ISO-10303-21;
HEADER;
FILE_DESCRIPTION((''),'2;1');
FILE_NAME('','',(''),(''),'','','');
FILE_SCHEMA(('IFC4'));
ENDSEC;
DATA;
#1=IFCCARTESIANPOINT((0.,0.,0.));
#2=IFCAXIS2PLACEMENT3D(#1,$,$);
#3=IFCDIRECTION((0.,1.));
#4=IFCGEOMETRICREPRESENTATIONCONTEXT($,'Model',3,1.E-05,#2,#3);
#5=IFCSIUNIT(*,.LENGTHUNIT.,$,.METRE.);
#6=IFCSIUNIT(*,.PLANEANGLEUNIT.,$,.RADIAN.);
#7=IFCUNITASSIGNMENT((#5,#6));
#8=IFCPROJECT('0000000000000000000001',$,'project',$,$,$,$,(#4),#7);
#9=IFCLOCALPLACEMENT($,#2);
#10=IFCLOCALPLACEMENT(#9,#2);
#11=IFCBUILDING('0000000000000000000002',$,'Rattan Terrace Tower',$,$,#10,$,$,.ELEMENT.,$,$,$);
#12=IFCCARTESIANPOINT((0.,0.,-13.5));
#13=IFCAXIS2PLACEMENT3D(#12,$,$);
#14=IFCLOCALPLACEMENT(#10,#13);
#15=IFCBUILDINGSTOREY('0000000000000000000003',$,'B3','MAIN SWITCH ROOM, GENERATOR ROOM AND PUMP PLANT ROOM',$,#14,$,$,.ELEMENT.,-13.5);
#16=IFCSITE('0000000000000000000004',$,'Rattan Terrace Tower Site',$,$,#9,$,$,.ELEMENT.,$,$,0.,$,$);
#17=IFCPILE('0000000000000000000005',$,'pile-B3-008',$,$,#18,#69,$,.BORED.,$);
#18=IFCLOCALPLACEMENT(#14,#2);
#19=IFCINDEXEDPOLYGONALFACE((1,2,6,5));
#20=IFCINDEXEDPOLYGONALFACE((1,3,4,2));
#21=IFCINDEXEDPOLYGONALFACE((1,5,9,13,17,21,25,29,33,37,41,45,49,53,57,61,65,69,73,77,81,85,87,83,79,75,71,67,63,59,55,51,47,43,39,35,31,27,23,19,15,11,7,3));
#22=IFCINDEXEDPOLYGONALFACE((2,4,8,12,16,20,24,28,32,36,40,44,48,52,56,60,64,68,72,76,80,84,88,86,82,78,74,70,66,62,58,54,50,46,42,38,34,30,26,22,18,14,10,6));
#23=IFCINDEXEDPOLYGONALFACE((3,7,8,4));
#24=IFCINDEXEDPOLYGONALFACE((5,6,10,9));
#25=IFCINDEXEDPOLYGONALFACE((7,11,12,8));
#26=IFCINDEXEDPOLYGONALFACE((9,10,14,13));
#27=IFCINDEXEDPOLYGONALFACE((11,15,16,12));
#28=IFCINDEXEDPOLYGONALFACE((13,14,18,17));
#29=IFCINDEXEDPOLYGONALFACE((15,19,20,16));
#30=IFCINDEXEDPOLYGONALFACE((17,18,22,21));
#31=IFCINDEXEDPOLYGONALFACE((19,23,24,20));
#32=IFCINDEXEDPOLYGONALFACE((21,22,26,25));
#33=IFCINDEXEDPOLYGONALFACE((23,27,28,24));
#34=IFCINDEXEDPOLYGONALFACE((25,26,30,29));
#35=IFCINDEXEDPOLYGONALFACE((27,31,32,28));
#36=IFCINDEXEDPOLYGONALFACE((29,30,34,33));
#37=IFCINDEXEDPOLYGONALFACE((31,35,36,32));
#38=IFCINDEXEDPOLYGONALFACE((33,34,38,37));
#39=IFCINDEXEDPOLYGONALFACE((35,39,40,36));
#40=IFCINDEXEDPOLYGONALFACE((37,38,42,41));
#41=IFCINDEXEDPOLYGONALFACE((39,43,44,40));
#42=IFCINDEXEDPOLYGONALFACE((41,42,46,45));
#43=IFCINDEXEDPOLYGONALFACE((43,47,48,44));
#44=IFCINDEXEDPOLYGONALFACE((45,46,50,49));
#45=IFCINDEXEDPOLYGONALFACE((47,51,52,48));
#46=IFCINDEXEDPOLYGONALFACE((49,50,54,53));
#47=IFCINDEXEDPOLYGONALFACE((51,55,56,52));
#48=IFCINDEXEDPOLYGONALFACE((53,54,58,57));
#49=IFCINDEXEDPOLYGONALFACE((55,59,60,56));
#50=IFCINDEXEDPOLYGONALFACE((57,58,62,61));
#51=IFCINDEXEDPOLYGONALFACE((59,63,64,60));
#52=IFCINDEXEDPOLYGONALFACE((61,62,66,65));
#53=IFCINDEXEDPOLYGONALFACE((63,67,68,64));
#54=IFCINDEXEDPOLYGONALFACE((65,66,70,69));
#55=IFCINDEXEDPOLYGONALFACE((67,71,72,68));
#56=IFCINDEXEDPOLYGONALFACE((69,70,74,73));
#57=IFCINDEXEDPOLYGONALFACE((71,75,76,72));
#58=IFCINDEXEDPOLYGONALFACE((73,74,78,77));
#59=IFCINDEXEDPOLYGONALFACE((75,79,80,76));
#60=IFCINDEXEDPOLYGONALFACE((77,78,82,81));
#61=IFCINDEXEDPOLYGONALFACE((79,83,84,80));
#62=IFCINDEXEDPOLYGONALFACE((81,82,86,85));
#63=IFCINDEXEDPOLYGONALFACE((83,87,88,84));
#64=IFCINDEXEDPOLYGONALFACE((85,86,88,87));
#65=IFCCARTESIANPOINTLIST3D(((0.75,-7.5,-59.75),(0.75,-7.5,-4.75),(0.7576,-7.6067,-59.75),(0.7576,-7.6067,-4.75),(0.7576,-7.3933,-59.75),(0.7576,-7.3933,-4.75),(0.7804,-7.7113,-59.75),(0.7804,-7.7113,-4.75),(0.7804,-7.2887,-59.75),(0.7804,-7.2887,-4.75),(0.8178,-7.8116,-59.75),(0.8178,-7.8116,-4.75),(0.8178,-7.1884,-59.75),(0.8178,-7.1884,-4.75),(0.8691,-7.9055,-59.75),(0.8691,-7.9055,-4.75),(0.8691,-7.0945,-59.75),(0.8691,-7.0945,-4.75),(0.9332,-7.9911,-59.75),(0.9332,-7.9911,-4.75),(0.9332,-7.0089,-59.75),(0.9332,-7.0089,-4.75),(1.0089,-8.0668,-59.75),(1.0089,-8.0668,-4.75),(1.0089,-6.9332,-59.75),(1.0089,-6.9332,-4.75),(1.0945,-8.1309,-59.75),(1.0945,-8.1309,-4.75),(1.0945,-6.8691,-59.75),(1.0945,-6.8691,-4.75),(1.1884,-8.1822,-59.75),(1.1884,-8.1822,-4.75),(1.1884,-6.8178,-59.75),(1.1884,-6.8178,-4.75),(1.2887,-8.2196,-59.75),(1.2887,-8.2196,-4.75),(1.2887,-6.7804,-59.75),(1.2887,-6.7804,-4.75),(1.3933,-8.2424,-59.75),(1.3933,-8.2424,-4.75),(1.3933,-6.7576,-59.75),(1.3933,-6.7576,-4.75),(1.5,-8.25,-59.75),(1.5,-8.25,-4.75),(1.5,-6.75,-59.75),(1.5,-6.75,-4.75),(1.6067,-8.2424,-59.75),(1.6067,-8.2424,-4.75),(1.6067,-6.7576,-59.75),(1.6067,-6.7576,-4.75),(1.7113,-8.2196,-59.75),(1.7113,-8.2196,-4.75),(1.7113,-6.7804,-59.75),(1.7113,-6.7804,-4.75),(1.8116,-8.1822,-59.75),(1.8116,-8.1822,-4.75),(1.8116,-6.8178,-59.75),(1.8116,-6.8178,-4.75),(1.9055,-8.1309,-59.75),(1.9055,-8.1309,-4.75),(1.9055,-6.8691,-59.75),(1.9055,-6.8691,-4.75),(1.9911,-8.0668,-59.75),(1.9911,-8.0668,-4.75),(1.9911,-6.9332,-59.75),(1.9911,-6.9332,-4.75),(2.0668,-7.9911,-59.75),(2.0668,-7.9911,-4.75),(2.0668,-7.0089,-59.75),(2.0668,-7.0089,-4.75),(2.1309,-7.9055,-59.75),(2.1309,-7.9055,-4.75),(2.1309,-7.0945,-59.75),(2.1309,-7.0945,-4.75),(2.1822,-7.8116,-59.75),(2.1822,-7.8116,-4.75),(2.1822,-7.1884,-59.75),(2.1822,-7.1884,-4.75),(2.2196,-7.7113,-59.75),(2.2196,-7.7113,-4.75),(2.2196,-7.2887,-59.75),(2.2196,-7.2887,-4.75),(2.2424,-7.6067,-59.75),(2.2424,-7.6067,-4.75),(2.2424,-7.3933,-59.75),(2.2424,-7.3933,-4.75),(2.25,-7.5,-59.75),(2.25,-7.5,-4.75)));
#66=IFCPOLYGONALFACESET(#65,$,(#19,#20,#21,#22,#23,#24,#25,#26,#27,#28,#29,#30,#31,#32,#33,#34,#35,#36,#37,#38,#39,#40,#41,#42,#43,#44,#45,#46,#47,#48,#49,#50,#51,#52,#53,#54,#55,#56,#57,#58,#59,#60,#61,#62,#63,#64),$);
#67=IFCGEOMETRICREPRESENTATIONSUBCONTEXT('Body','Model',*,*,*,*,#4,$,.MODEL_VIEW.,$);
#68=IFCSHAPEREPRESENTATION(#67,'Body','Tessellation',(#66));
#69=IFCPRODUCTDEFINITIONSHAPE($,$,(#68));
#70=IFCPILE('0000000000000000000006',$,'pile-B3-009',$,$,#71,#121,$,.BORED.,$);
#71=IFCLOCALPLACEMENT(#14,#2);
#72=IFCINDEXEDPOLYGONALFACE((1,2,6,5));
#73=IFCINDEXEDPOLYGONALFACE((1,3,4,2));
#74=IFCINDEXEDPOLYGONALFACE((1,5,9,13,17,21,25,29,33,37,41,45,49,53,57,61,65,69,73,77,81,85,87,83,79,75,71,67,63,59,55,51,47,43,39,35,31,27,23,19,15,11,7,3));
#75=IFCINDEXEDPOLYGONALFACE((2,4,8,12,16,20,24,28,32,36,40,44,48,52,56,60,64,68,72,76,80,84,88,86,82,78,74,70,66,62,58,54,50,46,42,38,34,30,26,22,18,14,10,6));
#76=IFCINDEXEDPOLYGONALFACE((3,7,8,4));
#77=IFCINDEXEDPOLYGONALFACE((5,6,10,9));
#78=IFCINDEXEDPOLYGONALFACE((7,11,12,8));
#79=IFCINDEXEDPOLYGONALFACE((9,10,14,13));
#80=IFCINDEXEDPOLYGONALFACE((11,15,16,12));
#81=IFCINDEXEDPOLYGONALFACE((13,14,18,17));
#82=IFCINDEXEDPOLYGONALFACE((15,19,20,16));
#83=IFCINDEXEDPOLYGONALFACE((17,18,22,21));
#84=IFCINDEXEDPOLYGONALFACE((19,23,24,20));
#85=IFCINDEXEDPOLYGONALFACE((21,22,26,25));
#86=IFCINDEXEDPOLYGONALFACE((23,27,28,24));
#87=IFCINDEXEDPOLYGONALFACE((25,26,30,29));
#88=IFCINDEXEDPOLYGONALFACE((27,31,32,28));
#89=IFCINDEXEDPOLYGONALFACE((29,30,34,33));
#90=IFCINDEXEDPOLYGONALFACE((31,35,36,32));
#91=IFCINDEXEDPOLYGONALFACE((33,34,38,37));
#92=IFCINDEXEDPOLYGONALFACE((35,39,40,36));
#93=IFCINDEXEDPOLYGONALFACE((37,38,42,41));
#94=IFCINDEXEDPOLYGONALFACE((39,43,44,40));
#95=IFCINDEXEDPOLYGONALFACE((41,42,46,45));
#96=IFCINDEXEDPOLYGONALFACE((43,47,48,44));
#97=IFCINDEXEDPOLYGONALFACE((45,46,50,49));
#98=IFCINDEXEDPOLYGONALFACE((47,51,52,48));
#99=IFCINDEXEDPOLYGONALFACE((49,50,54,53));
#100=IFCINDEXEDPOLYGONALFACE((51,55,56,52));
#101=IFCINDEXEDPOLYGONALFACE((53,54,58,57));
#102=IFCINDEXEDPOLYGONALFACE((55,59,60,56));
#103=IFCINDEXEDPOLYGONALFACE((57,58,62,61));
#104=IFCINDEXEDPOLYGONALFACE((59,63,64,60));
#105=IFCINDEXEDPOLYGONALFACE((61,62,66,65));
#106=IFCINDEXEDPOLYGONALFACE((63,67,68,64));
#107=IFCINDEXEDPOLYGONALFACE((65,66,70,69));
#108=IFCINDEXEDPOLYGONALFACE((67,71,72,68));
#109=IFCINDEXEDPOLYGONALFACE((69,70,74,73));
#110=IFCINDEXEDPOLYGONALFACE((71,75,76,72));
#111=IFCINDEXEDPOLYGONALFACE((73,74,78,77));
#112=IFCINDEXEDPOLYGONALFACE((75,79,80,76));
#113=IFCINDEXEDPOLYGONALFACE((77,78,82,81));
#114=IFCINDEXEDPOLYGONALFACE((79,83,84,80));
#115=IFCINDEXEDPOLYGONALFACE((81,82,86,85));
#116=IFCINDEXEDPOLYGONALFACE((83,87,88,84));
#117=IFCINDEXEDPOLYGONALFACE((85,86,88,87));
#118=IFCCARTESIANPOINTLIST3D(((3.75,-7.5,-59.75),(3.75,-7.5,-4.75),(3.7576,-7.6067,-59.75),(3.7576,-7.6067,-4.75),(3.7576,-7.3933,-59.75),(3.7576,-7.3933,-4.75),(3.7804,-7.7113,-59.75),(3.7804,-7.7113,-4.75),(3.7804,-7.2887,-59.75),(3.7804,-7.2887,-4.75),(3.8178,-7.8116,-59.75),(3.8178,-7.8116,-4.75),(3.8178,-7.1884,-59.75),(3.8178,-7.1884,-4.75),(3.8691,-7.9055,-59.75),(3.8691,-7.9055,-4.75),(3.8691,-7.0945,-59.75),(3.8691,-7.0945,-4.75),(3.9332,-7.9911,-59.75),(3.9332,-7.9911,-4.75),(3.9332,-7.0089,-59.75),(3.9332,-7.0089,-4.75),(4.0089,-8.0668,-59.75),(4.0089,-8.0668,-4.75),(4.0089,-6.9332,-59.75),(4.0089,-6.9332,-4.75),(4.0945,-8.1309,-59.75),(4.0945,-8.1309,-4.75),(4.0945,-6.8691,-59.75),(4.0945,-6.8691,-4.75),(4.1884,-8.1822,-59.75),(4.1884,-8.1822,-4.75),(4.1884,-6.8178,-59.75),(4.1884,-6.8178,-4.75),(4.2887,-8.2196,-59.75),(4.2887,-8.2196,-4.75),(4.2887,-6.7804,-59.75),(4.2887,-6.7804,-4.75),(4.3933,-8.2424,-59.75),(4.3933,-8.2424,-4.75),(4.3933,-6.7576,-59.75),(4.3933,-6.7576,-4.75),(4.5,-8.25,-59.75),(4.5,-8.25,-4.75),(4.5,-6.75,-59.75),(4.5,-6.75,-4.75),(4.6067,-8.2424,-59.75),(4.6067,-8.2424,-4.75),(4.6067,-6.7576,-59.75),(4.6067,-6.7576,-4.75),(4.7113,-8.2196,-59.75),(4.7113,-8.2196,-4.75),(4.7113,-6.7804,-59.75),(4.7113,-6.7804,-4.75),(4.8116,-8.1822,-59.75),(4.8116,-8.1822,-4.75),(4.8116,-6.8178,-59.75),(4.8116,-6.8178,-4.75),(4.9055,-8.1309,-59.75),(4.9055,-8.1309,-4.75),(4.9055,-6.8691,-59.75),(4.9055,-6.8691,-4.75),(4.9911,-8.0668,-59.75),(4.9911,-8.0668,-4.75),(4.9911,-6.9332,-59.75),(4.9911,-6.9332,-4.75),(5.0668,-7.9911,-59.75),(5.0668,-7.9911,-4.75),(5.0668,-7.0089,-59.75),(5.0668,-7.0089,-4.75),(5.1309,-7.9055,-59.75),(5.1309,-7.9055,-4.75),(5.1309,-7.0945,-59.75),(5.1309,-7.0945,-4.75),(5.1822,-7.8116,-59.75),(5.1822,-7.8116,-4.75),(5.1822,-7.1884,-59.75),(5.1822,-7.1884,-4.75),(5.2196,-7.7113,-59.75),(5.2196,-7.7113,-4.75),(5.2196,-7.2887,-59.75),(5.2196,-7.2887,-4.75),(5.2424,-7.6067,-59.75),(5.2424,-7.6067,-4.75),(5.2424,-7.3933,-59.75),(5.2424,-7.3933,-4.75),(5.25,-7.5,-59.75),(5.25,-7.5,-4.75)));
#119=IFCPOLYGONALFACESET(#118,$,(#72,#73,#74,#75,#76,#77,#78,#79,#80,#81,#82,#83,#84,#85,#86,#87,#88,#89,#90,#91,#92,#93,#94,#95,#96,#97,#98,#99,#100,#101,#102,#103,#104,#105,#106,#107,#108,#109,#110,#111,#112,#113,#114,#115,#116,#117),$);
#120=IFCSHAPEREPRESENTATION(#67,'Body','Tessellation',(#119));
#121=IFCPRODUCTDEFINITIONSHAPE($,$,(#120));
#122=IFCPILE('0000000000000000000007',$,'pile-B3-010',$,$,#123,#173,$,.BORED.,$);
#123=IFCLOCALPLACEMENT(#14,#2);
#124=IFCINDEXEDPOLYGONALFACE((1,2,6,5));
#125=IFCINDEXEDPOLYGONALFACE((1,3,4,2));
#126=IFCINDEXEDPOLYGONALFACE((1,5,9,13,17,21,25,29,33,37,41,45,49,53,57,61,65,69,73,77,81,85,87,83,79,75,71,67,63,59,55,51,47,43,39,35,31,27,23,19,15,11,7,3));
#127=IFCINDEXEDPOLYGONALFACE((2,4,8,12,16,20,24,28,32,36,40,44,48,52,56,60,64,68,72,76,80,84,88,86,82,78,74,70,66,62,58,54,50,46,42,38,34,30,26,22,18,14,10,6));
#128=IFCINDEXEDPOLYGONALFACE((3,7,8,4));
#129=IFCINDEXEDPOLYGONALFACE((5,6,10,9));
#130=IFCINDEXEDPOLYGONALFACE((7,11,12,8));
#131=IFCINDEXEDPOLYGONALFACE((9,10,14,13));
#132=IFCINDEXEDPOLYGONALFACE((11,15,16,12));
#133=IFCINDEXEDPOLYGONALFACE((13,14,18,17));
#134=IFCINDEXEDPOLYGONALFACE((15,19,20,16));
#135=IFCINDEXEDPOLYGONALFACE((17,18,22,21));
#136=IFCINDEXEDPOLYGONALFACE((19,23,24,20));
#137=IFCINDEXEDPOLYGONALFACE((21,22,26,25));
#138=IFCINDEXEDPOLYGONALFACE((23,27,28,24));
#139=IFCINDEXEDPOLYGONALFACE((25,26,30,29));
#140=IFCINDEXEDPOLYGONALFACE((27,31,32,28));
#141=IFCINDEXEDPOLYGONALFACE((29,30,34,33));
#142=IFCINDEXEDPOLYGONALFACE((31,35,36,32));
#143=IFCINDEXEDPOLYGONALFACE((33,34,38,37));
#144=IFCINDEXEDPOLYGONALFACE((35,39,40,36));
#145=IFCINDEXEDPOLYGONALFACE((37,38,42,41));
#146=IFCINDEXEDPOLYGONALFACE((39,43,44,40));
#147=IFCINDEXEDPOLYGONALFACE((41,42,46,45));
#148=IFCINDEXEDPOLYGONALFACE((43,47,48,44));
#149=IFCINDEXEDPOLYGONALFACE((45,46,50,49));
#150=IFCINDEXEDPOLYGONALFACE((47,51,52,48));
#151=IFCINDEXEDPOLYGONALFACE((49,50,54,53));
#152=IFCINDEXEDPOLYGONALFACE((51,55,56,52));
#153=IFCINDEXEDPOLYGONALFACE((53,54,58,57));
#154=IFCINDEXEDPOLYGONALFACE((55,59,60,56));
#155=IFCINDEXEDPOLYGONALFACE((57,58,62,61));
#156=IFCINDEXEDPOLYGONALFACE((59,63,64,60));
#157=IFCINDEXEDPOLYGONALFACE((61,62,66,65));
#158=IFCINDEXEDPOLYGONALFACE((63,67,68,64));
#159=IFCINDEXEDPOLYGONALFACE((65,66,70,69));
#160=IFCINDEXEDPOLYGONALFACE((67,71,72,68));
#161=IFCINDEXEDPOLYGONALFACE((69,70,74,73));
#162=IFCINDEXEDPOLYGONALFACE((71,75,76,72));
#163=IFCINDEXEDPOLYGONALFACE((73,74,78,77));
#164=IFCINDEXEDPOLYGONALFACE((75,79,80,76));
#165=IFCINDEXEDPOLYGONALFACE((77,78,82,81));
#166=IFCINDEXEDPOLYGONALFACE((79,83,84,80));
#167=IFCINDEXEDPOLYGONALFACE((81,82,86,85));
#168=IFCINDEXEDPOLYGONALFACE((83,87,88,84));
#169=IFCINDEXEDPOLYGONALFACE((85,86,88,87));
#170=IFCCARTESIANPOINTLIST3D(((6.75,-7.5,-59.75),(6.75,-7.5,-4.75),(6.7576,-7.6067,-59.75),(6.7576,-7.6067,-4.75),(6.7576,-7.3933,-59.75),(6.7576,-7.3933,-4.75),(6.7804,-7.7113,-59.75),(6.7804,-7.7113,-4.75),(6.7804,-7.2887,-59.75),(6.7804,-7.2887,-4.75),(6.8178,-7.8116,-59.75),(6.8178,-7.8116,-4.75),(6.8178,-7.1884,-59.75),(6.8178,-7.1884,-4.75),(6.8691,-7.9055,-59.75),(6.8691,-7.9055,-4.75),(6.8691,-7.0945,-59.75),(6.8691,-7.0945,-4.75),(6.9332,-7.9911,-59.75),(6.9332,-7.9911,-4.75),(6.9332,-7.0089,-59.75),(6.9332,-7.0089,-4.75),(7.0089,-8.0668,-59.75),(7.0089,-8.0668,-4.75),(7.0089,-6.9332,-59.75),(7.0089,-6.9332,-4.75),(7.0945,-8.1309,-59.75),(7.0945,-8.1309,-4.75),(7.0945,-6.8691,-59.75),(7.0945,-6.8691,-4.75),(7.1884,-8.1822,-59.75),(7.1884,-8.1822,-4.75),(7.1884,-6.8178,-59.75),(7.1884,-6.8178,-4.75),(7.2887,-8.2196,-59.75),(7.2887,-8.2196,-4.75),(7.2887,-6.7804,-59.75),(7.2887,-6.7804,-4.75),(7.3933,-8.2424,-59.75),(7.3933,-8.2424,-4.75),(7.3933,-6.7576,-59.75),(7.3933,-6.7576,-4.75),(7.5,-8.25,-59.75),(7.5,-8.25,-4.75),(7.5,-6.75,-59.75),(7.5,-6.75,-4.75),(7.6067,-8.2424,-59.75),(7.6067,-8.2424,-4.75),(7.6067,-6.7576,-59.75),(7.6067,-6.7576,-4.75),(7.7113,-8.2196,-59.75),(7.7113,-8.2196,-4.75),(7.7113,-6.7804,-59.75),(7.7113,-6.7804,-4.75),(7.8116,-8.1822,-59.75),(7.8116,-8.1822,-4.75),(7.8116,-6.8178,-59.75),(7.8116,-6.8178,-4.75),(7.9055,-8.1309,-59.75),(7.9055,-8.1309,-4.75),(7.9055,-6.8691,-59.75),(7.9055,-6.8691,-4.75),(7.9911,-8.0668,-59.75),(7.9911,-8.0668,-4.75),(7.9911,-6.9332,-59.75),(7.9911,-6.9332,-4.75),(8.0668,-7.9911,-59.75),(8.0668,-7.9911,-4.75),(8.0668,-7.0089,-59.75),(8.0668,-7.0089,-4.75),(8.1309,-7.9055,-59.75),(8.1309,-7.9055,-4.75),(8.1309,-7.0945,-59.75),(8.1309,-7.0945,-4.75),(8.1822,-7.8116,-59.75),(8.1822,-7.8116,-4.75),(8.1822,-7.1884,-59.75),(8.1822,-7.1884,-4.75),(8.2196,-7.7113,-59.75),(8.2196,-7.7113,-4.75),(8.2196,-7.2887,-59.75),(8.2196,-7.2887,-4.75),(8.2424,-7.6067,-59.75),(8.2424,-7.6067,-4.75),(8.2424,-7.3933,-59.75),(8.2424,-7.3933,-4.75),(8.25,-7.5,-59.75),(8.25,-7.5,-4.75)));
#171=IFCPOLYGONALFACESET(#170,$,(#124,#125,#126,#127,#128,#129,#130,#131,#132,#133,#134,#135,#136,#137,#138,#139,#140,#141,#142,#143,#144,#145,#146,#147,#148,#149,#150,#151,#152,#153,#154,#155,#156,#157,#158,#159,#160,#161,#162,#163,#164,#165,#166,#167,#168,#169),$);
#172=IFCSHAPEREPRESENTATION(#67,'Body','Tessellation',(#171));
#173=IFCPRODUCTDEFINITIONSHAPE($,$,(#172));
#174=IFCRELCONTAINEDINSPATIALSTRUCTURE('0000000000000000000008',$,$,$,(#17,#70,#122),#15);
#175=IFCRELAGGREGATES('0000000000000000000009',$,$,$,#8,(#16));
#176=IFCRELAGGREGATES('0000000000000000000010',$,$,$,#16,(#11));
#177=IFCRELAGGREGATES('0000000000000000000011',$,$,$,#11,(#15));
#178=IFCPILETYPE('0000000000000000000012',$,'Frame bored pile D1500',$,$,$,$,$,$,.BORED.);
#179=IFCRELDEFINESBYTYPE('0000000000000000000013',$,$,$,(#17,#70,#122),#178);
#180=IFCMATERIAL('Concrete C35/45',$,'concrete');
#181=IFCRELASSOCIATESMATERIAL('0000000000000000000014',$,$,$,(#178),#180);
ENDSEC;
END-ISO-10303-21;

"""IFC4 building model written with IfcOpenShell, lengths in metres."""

from ifc_helpers import new_model, si_unit, direction, frame, origin, origin_2d, place, context, subcontext, project, spatial, circle, extrude, material, material_profile, profile_set, type_object, element, save


model = new_model("IFC4")

# Units and contexts
model_context = context("Model", 3, precision=1e-05, world=origin(), true_north=direction((0.0, 1.0)))
body_context = subcontext(model_context, "Body", "Model", "MODEL_VIEW")
ifc_project = project(units=[si_unit("LENGTHUNIT", "METRE"), si_unit("PLANEANGLEUNIT", "RADIAN")], contexts=[model_context])

# Site, building, storey
site_placement = place(None, origin())
site = spatial("IfcSite", under=ifc_project, at=site_placement, Name="Rattan Terrace Tower Site", CompositionType="ELEMENT", RefElevation=0.0)
building_placement = place(site_placement, origin())
building = spatial("IfcBuilding", under=site, at=building_placement, Name="Rattan Terrace Tower", CompositionType="ELEMENT")
storey_placement = place(building_placement, frame((0.0, 0.0, -13.5)))
storey = spatial("IfcBuildingStorey", under=building, at=storey_placement, Name="B3", Description="MAIN SWITCH ROOM, GENERATOR ROOM AND PUMP PLANT ROOM", CompositionType="ELEMENT", Elevation=-13.5)

# Piles
ifc_material_1 = material(Name="Concrete C35/45", Category="concrete")
ifc_material_profile_1 = material_profile(ifc_material_1, circle(Radius=0.75, at=origin_2d()), Name="PILE D1500")
ifc_profile_set_1 = profile_set([ifc_material_profile_1], Name="Concrete C35/45")
pile_type = type_object("IfcPileType", Name="Frame bored pile D1500", PredefinedType="BORED", material=ifc_profile_set_1)
for number, where, z_axis, x_axis, name in (
    (1, (1.5, -7.5, -4.75), (0.0, 0.0, -1.0), (1.0, 0.0, 0.0), "pile-B3-008"),
    (2, (4.5, -7.5, -4.75), (0.0, 0.0, -1.0), (1.0, 0.0, 0.0), "pile-B3-009"),
    (3, (7.5, -7.5, -4.75), (0.0, 0.0, -1.0), (1.0, 0.0, 0.0), "pile-B3-010"),
):
    element("IfcPile", number, at=place(storey_placement, frame(where, z_axis=z_axis, x_axis=x_axis)), inside=storey, type_object=pile_type, Name=name, PredefinedType="BORED", context=body_context, shape_type="SweptSolid", body=[
        extrude(circle(Radius=0.75, at=origin_2d()), origin(), (0.0, 0.0, 1.0), 55.0),
    ])

save(model, "model.ifc")
